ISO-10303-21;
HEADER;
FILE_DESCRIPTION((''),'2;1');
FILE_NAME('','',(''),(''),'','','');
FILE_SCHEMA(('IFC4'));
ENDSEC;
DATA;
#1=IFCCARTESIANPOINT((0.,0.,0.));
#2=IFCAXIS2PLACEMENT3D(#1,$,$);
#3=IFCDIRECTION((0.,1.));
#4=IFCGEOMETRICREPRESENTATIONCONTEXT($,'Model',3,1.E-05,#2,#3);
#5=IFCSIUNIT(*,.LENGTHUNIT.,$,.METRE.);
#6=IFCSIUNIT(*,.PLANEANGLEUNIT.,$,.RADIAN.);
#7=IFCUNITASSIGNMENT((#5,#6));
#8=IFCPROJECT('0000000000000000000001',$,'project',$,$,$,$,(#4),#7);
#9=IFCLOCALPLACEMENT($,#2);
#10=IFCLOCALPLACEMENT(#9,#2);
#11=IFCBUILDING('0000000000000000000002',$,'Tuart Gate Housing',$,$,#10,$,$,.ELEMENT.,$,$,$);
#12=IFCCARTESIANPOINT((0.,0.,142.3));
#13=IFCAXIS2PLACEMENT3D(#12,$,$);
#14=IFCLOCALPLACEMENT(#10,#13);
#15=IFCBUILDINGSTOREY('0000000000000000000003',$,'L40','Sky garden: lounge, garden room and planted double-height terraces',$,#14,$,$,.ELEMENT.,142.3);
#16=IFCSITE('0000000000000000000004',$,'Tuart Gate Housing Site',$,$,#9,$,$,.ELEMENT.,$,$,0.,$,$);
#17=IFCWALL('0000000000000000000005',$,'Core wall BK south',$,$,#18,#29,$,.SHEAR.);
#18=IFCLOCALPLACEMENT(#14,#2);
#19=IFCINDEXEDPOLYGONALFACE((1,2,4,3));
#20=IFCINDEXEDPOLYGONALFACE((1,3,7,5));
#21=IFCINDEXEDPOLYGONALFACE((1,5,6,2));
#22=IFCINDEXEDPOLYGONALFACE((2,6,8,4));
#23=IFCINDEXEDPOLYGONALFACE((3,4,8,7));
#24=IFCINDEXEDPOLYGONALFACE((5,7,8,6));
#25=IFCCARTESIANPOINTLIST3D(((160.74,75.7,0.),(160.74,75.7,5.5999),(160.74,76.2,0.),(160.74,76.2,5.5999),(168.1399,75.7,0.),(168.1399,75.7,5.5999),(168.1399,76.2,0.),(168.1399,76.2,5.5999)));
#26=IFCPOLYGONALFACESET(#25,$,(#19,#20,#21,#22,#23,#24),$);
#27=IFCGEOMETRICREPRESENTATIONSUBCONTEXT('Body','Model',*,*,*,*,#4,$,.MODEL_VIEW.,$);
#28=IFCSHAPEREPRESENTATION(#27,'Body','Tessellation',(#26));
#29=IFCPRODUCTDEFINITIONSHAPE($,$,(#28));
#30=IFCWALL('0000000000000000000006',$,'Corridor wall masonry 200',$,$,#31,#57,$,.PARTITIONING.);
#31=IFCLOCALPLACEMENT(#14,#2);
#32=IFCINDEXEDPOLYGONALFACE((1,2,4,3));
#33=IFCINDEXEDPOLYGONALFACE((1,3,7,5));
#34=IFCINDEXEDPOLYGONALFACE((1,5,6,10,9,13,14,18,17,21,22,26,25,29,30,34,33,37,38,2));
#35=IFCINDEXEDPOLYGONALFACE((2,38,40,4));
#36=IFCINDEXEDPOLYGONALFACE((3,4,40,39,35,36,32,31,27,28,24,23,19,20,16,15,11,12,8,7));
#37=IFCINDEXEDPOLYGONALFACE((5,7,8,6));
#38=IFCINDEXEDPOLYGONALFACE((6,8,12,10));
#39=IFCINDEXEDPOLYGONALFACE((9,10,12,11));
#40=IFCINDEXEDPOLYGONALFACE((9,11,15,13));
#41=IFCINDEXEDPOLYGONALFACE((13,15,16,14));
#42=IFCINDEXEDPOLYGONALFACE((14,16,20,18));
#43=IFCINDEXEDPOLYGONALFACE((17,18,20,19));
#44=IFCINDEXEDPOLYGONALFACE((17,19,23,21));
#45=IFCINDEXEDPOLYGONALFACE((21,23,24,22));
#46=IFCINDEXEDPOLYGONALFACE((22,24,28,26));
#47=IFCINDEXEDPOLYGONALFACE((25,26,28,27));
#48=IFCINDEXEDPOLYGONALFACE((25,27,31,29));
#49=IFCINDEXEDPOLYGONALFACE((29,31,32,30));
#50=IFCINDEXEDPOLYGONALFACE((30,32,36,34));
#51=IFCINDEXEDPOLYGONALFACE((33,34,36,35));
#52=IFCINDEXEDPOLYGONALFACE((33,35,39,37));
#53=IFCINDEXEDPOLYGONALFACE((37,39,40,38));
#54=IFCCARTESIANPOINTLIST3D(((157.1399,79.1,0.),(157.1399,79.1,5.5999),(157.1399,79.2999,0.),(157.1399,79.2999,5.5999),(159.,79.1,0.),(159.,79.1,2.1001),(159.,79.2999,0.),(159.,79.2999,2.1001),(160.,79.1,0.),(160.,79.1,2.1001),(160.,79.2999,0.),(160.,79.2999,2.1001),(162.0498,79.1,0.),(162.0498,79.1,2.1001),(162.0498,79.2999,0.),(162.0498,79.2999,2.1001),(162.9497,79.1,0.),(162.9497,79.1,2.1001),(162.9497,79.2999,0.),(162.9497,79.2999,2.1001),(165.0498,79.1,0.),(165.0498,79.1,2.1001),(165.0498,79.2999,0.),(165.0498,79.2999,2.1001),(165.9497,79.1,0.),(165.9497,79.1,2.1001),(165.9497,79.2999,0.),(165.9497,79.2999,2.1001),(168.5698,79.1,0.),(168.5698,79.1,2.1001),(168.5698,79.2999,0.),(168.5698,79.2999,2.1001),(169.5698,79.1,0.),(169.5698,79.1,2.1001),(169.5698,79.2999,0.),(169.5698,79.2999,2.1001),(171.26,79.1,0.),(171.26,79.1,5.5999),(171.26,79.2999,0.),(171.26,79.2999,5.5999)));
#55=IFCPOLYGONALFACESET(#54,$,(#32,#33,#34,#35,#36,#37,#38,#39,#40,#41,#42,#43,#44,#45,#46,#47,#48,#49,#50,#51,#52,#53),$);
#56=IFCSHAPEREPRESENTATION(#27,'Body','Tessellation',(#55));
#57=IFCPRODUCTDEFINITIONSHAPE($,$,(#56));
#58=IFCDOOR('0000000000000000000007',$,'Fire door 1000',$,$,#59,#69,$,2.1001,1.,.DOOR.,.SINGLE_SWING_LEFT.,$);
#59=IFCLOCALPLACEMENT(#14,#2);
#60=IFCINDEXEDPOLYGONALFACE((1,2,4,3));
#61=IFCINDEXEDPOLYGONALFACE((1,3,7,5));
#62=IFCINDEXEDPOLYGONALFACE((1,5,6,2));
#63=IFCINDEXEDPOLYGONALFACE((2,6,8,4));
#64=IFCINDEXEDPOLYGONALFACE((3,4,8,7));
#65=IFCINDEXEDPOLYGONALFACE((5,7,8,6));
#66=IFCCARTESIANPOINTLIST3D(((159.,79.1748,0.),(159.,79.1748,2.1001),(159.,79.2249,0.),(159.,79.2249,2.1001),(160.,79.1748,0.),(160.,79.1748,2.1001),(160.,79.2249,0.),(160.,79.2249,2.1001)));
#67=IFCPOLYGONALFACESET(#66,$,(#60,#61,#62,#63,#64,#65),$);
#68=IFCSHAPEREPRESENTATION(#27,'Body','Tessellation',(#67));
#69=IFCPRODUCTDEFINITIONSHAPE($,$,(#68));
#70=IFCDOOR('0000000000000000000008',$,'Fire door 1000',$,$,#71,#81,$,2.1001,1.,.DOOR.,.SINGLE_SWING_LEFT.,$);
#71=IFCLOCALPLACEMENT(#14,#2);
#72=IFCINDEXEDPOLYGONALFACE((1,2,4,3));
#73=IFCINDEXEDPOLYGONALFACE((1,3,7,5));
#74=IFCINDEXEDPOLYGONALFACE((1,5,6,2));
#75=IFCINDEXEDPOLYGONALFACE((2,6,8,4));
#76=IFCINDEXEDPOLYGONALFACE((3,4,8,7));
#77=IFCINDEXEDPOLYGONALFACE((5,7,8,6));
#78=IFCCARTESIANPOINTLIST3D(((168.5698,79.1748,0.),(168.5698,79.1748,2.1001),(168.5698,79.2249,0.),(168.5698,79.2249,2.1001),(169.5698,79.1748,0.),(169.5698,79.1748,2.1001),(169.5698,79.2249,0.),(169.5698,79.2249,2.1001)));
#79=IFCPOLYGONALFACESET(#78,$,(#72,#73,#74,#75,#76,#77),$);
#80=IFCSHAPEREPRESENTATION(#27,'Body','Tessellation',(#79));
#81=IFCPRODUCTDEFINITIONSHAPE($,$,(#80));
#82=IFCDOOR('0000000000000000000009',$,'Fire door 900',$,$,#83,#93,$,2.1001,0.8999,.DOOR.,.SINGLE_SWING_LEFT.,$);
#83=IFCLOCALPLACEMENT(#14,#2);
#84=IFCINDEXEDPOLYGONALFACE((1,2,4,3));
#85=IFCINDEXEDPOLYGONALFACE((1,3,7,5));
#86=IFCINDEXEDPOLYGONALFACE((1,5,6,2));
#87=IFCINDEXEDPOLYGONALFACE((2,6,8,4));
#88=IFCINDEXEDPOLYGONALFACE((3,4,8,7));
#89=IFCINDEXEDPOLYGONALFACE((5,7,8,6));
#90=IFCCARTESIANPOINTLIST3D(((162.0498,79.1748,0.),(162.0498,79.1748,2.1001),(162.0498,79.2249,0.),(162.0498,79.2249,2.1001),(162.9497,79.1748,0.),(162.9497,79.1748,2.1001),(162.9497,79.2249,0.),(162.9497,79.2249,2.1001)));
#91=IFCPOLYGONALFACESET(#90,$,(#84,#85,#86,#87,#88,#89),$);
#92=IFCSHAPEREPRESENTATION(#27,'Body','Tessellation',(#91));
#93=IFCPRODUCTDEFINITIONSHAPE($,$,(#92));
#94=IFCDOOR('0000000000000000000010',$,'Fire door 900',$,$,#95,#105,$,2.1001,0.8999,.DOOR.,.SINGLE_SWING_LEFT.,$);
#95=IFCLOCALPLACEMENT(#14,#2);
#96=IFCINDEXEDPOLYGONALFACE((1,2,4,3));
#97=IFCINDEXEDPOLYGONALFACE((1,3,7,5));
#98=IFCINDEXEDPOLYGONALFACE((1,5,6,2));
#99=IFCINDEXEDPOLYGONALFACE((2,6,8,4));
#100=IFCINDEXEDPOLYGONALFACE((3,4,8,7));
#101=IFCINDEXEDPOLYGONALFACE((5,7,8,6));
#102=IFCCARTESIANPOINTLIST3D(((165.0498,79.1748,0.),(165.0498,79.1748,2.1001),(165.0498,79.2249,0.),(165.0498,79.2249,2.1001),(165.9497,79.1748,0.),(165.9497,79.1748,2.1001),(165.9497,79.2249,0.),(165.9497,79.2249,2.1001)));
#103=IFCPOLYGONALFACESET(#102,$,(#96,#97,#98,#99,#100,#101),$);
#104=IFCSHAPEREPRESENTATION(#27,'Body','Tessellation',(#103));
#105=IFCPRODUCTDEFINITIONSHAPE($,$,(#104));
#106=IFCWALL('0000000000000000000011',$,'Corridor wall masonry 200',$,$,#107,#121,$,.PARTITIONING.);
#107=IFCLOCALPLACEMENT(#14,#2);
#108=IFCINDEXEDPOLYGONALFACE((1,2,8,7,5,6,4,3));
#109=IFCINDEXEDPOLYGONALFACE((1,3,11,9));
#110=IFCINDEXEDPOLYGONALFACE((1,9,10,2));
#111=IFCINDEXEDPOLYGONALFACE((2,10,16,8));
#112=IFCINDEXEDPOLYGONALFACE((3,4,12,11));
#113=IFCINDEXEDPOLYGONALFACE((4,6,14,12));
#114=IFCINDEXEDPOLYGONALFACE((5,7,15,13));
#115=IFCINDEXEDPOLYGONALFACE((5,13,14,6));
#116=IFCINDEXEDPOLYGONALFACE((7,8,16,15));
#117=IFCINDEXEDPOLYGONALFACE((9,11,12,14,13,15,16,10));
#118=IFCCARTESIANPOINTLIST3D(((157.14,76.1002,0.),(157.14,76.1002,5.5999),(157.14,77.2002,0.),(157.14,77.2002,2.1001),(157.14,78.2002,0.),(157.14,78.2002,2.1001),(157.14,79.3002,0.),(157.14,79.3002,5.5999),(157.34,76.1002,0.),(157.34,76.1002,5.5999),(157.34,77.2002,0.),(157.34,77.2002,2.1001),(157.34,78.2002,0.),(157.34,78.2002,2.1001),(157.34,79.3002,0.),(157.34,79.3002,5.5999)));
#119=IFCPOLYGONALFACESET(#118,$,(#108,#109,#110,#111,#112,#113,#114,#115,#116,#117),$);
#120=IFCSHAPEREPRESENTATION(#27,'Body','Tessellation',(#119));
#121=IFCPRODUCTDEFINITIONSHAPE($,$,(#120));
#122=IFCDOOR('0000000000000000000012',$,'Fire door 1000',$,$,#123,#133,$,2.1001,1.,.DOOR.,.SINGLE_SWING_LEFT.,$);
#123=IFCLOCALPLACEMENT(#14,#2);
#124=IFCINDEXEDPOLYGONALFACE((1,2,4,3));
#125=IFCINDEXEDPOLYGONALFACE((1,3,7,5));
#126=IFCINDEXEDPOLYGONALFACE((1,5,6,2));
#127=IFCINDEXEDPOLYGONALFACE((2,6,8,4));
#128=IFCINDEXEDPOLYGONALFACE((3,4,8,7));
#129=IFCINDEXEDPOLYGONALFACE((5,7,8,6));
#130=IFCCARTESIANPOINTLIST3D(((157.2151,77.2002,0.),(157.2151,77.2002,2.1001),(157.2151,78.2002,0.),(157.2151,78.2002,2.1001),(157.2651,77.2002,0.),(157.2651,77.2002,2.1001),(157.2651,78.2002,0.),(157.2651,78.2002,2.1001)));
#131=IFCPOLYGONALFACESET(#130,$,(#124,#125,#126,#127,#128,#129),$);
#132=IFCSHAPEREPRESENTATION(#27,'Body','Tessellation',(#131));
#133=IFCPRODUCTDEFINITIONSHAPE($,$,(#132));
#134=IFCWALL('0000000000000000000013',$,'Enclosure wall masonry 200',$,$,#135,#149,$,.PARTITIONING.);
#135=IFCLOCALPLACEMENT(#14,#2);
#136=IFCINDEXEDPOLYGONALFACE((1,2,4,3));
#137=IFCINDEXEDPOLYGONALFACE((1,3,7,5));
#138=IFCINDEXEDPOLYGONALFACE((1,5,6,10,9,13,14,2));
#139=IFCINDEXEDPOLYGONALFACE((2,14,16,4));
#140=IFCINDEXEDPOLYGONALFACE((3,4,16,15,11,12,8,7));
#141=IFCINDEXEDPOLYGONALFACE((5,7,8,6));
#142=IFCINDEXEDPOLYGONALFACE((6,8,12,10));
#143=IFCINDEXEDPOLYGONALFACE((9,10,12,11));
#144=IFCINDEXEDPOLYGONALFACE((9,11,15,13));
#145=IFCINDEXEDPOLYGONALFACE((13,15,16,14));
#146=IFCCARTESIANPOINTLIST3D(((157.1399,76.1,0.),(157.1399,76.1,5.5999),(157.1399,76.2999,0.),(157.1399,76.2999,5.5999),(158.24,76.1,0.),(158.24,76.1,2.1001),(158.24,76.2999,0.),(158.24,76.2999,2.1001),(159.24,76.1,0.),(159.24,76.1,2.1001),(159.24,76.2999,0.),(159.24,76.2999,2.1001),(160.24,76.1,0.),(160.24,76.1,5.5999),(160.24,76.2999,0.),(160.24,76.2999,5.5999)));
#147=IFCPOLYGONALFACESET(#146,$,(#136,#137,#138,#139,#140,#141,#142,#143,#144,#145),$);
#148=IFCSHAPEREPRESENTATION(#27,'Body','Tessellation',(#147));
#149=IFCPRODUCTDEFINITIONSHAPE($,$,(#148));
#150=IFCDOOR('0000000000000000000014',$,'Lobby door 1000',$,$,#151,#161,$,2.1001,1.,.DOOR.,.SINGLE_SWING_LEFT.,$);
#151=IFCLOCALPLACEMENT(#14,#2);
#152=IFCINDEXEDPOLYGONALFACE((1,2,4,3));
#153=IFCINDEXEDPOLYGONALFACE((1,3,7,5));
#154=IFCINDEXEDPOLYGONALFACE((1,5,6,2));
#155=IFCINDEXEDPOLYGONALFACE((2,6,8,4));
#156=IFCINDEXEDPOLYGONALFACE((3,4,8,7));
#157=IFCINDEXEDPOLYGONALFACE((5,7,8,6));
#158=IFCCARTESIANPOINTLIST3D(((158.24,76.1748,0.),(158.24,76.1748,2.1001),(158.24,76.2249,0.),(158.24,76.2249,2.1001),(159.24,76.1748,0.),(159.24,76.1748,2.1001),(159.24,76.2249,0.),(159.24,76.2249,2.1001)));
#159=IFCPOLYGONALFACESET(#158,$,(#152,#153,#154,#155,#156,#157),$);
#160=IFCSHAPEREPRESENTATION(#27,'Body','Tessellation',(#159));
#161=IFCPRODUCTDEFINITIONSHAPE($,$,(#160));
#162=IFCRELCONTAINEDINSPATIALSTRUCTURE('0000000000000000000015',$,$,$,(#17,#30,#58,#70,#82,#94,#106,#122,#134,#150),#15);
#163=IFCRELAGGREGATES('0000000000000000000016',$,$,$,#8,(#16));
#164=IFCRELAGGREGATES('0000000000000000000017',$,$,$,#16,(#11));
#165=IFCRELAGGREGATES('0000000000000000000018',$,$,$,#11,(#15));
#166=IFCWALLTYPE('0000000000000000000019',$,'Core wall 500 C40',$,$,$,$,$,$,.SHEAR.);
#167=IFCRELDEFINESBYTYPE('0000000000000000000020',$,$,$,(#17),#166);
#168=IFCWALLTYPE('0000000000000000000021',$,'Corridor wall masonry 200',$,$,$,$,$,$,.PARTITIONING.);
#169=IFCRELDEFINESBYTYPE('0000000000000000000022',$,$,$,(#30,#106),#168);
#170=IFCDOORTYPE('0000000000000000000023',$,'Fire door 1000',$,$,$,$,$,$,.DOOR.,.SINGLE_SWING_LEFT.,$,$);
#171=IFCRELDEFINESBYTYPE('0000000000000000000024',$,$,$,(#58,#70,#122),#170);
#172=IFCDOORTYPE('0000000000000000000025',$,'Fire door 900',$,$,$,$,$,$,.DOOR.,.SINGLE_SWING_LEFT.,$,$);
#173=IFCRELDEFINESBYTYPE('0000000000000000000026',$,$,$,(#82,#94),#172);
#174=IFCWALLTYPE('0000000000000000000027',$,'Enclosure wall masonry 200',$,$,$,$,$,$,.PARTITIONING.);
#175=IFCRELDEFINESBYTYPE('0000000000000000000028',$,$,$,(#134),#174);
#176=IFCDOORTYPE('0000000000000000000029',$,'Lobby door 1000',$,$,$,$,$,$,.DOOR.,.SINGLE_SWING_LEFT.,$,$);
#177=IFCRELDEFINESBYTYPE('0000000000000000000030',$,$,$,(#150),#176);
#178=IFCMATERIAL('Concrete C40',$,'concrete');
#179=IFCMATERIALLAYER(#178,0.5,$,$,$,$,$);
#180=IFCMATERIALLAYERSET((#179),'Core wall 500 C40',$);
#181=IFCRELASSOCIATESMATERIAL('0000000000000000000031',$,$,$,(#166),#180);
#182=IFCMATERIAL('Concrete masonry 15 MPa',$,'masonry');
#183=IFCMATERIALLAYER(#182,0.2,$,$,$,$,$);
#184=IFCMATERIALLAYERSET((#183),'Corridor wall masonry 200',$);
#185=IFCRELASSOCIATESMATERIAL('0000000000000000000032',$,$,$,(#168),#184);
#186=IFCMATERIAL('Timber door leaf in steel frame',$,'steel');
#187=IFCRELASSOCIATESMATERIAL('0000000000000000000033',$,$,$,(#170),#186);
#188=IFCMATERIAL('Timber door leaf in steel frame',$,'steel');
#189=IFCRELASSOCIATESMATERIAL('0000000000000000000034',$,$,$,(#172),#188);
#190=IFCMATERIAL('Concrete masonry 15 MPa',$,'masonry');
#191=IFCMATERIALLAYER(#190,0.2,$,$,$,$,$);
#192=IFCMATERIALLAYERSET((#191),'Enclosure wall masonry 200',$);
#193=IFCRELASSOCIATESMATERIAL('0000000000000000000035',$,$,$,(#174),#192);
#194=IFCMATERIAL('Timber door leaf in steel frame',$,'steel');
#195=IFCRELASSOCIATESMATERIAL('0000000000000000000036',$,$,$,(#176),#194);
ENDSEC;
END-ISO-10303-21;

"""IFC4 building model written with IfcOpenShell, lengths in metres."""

from ifc_helpers import new_model, si_unit, direction, frame, frame_2d, origin, place, context, subcontext, project, spatial, rectangle, extrude, material, layer, layer_set, type_object, element, fill, save


model = new_model("IFC4")

# Units and contexts
model_context = context("Model", 3, precision=1e-05, world=origin(), true_north=direction((0.0, 1.0)))
body_context = subcontext(model_context, "Body", "Model", "MODEL_VIEW")
ifc_project = project(units=[si_unit("LENGTHUNIT", "METRE"), si_unit("PLANEANGLEUNIT", "RADIAN")], contexts=[model_context])

# Site, building, storey
site_placement = place(None, origin())
site = spatial("IfcSite", under=ifc_project, at=site_placement, Name="Tuart Gate Housing Site", CompositionType="ELEMENT", RefElevation=0.0)
building_placement = place(site_placement, origin())
building = spatial("IfcBuilding", under=site, at=building_placement, Name="Tuart Gate Housing", CompositionType="ELEMENT")
storey_placement = place(building_placement, frame((0.0, 0.0, 142.3)))
storey = spatial("IfcBuildingStorey", under=building, at=storey_placement, Name="L40", Description="Sky garden: lounge, garden room and planted double-height terraces", CompositionType="ELEMENT", Elevation=142.3)

# Shared definitions
ifc_material_1 = material(Name="Concrete C40", Category="concrete")
ifc_layer_1 = layer(ifc_material_1, 0.5)
ifc_layer_set_1 = layer_set([ifc_layer_1], Name="Core wall 500 C40")
wall_type_1 = type_object("IfcWallType", Name="Core wall 500 C40", PredefinedType="SHEAR", material=ifc_layer_set_1)

# Wall
wall_1_placement = place(storey_placement, frame((160.74, 75.95, 0.0), z_axis=(0.0, 0.0, 1.0), x_axis=(1.0, 0.0, 0.0)))
element("IfcWall", 1, at=wall_1_placement, inside=storey, type_object=wall_type_1, Name="Core wall BK south", PredefinedType="SHEAR", context=body_context, shape_type="SweptSolid", body=[
    extrude(rectangle(XDim=7.3999, YDim=0.5, at=frame_2d((3.7, 0.0))), origin(), (0.0, 0.0, 1.0), 5.5999),
])

# Wall, openings, doors
ifc_material_2 = material(Name="Concrete masonry 15 MPa", Category="masonry")
ifc_layer_2 = layer(ifc_material_2, 0.2)
ifc_layer_set_2 = layer_set([ifc_layer_2], Name="Corridor wall masonry 200")
wall_type_2 = type_object("IfcWallType", Name="Corridor wall masonry 200", PredefinedType="PARTITIONING", material=ifc_layer_set_2)
wall_2_placement = place(storey_placement, frame((157.1399, 79.2, 0.0), z_axis=(0.0, 0.0, 1.0), x_axis=(1.0, 0.0, 0.0)))
wall_2 = element("IfcWall", 2, at=wall_2_placement, inside=storey, type_object=wall_type_2, Name="Corridor wall masonry 200", PredefinedType="PARTITIONING", context=body_context, shape_type="SweptSolid", body=[
    extrude(rectangle(XDim=14.1201, YDim=0.2, at=frame_2d((7.0601, 0.0))), origin(), (0.0, 0.0, 1.0), 5.5999),
])
opening_1_placement = place(wall_2_placement, frame((1.8601, 0.0, 0.0)))
opening_1 = element("IfcOpeningElement", 3, at=opening_1_placement, cuts=wall_2, PredefinedType="OPENING", context=body_context, shape_type="SweptSolid", body=[
    extrude(rectangle(XDim=1.0, YDim=2.1001, at=frame_2d((0.5, 1.05))), frame((0.0, 0.1099, 0.0), z_axis=(0.0, -1.0, 0.0), x_axis=(1.0, 0.0, 0.0)), (0.0, 0.0, 1.0), 0.22),
])
opening_2_placement = place(wall_2_placement, frame((4.9099, 0.0, 0.0)))
opening_2 = element("IfcOpeningElement", 4, at=opening_2_placement, cuts=wall_2, PredefinedType="OPENING", context=body_context, shape_type="SweptSolid", body=[
    extrude(rectangle(XDim=0.8999, YDim=2.1001, at=frame_2d((0.45, 1.05))), frame((0.0, 0.1099, 0.0), z_axis=(0.0, -1.0, 0.0), x_axis=(1.0, 0.0, 0.0)), (0.0, 0.0, 1.0), 0.22),
])
opening_3_placement = place(wall_2_placement, frame((7.9099, 0.0, 0.0)))
opening_3 = element("IfcOpeningElement", 5, at=opening_3_placement, cuts=wall_2, PredefinedType="OPENING", context=body_context, shape_type="SweptSolid", body=[
    extrude(rectangle(XDim=0.8999, YDim=2.1001, at=frame_2d((0.45, 1.05))), frame((0.0, 0.1099, 0.0), z_axis=(0.0, -1.0, 0.0), x_axis=(1.0, 0.0, 0.0)), (0.0, 0.0, 1.0), 0.22),
])
opening_4_placement = place(wall_2_placement, frame((11.4299, 0.0, 0.0)))
opening_4 = element("IfcOpeningElement", 6, at=opening_4_placement, cuts=wall_2, PredefinedType="OPENING", context=body_context, shape_type="SweptSolid", body=[
    extrude(rectangle(XDim=1.0, YDim=2.1001, at=frame_2d((0.5, 1.05))), frame((0.0, 0.1099, 0.0), z_axis=(0.0, -1.0, 0.0), x_axis=(1.0, 0.0, 0.0)), (0.0, 0.0, 1.0), 0.22),
])
ifc_material_3 = material(Name="Timber door leaf in steel frame", Category="steel")
door_type_1 = type_object("IfcDoorType", Name="Fire door 1000", OperationType="SINGLE_SWING_LEFT", PredefinedType="DOOR", material=ifc_material_3)
door_1_placement = place(opening_1_placement, origin())
door_1 = element("IfcDoor", 7, at=door_1_placement, inside=storey, type_object=door_type_1, Name="Fire door 1000", OperationType="SINGLE_SWING_LEFT", OverallHeight=2.1001, OverallWidth=1.0, PredefinedType="DOOR", context=body_context, shape_type="SweptSolid", body=[
    extrude(rectangle(XDim=1.0, YDim=2.1001, at=frame_2d((0.5, 1.05))), frame((0.0, 0.0249, 0.0), z_axis=(0.0, -1.0, 0.0), x_axis=(1.0, 0.0, 0.0)), (0.0, 0.0, 1.0), 0.05),
])
fill(opening_1, door_1)
door_2_placement = place(opening_4_placement, origin())
door_2 = element("IfcDoor", 8, at=door_2_placement, inside=storey, type_object=door_type_1, Name="Fire door 1000", OperationType="SINGLE_SWING_LEFT", OverallHeight=2.1001, OverallWidth=1.0, PredefinedType="DOOR", context=body_context, shape_type="SweptSolid", body=[
    extrude(rectangle(XDim=1.0, YDim=2.1001, at=frame_2d((0.5, 1.05))), frame((0.0, 0.0249, 0.0), z_axis=(0.0, -1.0, 0.0), x_axis=(1.0, 0.0, 0.0)), (0.0, 0.0, 1.0), 0.05),
])
fill(opening_4, door_2)
ifc_material_4 = material(Name="Timber door leaf in steel frame", Category="steel")
door_type_2 = type_object("IfcDoorType", Name="Fire door 900", OperationType="SINGLE_SWING_LEFT", PredefinedType="DOOR", material=ifc_material_4)
door_3_placement = place(opening_2_placement, origin())
door_3 = element("IfcDoor", 9, at=door_3_placement, inside=storey, type_object=door_type_2, Name="Fire door 900", OperationType="SINGLE_SWING_LEFT", OverallHeight=2.1001, OverallWidth=0.8999, PredefinedType="DOOR", context=body_context, shape_type="SweptSolid", body=[
    extrude(rectangle(XDim=0.8999, YDim=2.1001, at=frame_2d((0.45, 1.05))), frame((0.0, 0.0249, 0.0), z_axis=(0.0, -1.0, 0.0), x_axis=(1.0, 0.0, 0.0)), (0.0, 0.0, 1.0), 0.05),
])
fill(opening_2, door_3)
door_4_placement = place(opening_3_placement, origin())
door_4 = element("IfcDoor", 10, at=door_4_placement, inside=storey, type_object=door_type_2, Name="Fire door 900", OperationType="SINGLE_SWING_LEFT", OverallHeight=2.1001, OverallWidth=0.8999, PredefinedType="DOOR", context=body_context, shape_type="SweptSolid", body=[
    extrude(rectangle(XDim=0.8999, YDim=2.1001, at=frame_2d((0.45, 1.05))), frame((0.0, 0.0249, 0.0), z_axis=(0.0, -1.0, 0.0), x_axis=(1.0, 0.0, 0.0)), (0.0, 0.0, 1.0), 0.05),
])
fill(opening_3, door_4)

# Walls, openings, doors
wall_3_placement = place(storey_placement, frame((157.24, 76.1001, 0.0), z_axis=(0.0, 0.0, 1.0), x_axis=(0.0, 1.0, 0.0)))
wall_3 = element("IfcWall", 11, at=wall_3_placement, inside=storey, type_object=wall_type_2, Name="Corridor wall masonry 200", PredefinedType="PARTITIONING", context=body_context, shape_type="SweptSolid", body=[
    extrude(rectangle(XDim=3.2, YDim=0.2, at=frame_2d((1.6001, 0.0))), origin(), (0.0, 0.0, 1.0), 5.5999),
])
opening_5_placement = place(wall_3_placement, frame((1.1001, 0.0, 0.0)))
opening_5 = element("IfcOpeningElement", 12, at=opening_5_placement, cuts=wall_3, PredefinedType="OPENING", context=body_context, shape_type="SweptSolid", body=[
    extrude(rectangle(XDim=1.0, YDim=2.1001, at=frame_2d((0.5, 1.05))), frame((0.0, 0.1099, 0.0), z_axis=(0.0, -1.0, 0.0), x_axis=(1.0, 0.0, 0.0)), (0.0, 0.0, 1.0), 0.22),
])
door_5_placement = place(opening_5_placement, origin())
door_5 = element("IfcDoor", 13, at=door_5_placement, inside=storey, type_object=door_type_1, Name="Fire door 1000", OperationType="SINGLE_SWING_LEFT", OverallHeight=2.1001, OverallWidth=1.0, PredefinedType="DOOR", context=body_context, shape_type="SweptSolid", body=[
    extrude(rectangle(XDim=1.0, YDim=2.1001, at=frame_2d((0.5, 1.05))), frame((0.0, 0.0249, 0.0), z_axis=(0.0, -1.0, 0.0), x_axis=(1.0, 0.0, 0.0)), (0.0, 0.0, 1.0), 0.05),
])
fill(opening_5, door_5)
ifc_material_5 = material(Name="Concrete masonry 15 MPa", Category="masonry")
ifc_layer_3 = layer(ifc_material_5, 0.2)
ifc_layer_set_3 = layer_set([ifc_layer_3], Name="Enclosure wall masonry 200")
wall_type_3 = type_object("IfcWallType", Name="Enclosure wall masonry 200", PredefinedType="PARTITIONING", material=ifc_layer_set_3)
wall_4_placement = place(storey_placement, frame((157.1399, 76.2, 0.0), z_axis=(0.0, 0.0, 1.0), x_axis=(1.0, 0.0, 0.0)))
wall_4 = element("IfcWall", 14, at=wall_4_placement, inside=storey, type_object=wall_type_3, Name="Enclosure wall masonry 200", PredefinedType="PARTITIONING", context=body_context, shape_type="SweptSolid", body=[
    extrude(rectangle(XDim=3.1001, YDim=0.2, at=frame_2d((1.55, 0.0))), origin(), (0.0, 0.0, 1.0), 5.5999),
])
opening_6_placement = place(wall_4_placement, frame((1.1001, 0.0, 0.0)))
opening_6 = element("IfcOpeningElement", 15, at=opening_6_placement, cuts=wall_4, PredefinedType="OPENING", context=body_context, shape_type="SweptSolid", body=[
    extrude(rectangle(XDim=1.0, YDim=2.1001, at=frame_2d((0.5, 1.05))), frame((0.0, 0.1099, 0.0), z_axis=(0.0, -1.0, 0.0), x_axis=(1.0, 0.0, 0.0)), (0.0, 0.0, 1.0), 0.22),
])
ifc_material_6 = material(Name="Timber door leaf in steel frame", Category="steel")
door_type_3 = type_object("IfcDoorType", Name="Lobby door 1000", OperationType="SINGLE_SWING_LEFT", PredefinedType="DOOR", material=ifc_material_6)
door_6_placement = place(opening_6_placement, origin())
door_6 = element("IfcDoor", 16, at=door_6_placement, inside=storey, type_object=door_type_3, Name="Lobby door 1000", OperationType="SINGLE_SWING_LEFT", OverallHeight=2.1001, OverallWidth=1.0, PredefinedType="DOOR", context=body_context, shape_type="SweptSolid", body=[
    extrude(rectangle(XDim=1.0, YDim=2.1001, at=frame_2d((0.5, 1.05))), frame((0.0, 0.0249, 0.0), z_axis=(0.0, -1.0, 0.0), x_axis=(1.0, 0.0, 0.0)), (0.0, 0.0, 1.0), 0.05),
])
fill(opening_6, door_6)

save(model, "model.ifc")
